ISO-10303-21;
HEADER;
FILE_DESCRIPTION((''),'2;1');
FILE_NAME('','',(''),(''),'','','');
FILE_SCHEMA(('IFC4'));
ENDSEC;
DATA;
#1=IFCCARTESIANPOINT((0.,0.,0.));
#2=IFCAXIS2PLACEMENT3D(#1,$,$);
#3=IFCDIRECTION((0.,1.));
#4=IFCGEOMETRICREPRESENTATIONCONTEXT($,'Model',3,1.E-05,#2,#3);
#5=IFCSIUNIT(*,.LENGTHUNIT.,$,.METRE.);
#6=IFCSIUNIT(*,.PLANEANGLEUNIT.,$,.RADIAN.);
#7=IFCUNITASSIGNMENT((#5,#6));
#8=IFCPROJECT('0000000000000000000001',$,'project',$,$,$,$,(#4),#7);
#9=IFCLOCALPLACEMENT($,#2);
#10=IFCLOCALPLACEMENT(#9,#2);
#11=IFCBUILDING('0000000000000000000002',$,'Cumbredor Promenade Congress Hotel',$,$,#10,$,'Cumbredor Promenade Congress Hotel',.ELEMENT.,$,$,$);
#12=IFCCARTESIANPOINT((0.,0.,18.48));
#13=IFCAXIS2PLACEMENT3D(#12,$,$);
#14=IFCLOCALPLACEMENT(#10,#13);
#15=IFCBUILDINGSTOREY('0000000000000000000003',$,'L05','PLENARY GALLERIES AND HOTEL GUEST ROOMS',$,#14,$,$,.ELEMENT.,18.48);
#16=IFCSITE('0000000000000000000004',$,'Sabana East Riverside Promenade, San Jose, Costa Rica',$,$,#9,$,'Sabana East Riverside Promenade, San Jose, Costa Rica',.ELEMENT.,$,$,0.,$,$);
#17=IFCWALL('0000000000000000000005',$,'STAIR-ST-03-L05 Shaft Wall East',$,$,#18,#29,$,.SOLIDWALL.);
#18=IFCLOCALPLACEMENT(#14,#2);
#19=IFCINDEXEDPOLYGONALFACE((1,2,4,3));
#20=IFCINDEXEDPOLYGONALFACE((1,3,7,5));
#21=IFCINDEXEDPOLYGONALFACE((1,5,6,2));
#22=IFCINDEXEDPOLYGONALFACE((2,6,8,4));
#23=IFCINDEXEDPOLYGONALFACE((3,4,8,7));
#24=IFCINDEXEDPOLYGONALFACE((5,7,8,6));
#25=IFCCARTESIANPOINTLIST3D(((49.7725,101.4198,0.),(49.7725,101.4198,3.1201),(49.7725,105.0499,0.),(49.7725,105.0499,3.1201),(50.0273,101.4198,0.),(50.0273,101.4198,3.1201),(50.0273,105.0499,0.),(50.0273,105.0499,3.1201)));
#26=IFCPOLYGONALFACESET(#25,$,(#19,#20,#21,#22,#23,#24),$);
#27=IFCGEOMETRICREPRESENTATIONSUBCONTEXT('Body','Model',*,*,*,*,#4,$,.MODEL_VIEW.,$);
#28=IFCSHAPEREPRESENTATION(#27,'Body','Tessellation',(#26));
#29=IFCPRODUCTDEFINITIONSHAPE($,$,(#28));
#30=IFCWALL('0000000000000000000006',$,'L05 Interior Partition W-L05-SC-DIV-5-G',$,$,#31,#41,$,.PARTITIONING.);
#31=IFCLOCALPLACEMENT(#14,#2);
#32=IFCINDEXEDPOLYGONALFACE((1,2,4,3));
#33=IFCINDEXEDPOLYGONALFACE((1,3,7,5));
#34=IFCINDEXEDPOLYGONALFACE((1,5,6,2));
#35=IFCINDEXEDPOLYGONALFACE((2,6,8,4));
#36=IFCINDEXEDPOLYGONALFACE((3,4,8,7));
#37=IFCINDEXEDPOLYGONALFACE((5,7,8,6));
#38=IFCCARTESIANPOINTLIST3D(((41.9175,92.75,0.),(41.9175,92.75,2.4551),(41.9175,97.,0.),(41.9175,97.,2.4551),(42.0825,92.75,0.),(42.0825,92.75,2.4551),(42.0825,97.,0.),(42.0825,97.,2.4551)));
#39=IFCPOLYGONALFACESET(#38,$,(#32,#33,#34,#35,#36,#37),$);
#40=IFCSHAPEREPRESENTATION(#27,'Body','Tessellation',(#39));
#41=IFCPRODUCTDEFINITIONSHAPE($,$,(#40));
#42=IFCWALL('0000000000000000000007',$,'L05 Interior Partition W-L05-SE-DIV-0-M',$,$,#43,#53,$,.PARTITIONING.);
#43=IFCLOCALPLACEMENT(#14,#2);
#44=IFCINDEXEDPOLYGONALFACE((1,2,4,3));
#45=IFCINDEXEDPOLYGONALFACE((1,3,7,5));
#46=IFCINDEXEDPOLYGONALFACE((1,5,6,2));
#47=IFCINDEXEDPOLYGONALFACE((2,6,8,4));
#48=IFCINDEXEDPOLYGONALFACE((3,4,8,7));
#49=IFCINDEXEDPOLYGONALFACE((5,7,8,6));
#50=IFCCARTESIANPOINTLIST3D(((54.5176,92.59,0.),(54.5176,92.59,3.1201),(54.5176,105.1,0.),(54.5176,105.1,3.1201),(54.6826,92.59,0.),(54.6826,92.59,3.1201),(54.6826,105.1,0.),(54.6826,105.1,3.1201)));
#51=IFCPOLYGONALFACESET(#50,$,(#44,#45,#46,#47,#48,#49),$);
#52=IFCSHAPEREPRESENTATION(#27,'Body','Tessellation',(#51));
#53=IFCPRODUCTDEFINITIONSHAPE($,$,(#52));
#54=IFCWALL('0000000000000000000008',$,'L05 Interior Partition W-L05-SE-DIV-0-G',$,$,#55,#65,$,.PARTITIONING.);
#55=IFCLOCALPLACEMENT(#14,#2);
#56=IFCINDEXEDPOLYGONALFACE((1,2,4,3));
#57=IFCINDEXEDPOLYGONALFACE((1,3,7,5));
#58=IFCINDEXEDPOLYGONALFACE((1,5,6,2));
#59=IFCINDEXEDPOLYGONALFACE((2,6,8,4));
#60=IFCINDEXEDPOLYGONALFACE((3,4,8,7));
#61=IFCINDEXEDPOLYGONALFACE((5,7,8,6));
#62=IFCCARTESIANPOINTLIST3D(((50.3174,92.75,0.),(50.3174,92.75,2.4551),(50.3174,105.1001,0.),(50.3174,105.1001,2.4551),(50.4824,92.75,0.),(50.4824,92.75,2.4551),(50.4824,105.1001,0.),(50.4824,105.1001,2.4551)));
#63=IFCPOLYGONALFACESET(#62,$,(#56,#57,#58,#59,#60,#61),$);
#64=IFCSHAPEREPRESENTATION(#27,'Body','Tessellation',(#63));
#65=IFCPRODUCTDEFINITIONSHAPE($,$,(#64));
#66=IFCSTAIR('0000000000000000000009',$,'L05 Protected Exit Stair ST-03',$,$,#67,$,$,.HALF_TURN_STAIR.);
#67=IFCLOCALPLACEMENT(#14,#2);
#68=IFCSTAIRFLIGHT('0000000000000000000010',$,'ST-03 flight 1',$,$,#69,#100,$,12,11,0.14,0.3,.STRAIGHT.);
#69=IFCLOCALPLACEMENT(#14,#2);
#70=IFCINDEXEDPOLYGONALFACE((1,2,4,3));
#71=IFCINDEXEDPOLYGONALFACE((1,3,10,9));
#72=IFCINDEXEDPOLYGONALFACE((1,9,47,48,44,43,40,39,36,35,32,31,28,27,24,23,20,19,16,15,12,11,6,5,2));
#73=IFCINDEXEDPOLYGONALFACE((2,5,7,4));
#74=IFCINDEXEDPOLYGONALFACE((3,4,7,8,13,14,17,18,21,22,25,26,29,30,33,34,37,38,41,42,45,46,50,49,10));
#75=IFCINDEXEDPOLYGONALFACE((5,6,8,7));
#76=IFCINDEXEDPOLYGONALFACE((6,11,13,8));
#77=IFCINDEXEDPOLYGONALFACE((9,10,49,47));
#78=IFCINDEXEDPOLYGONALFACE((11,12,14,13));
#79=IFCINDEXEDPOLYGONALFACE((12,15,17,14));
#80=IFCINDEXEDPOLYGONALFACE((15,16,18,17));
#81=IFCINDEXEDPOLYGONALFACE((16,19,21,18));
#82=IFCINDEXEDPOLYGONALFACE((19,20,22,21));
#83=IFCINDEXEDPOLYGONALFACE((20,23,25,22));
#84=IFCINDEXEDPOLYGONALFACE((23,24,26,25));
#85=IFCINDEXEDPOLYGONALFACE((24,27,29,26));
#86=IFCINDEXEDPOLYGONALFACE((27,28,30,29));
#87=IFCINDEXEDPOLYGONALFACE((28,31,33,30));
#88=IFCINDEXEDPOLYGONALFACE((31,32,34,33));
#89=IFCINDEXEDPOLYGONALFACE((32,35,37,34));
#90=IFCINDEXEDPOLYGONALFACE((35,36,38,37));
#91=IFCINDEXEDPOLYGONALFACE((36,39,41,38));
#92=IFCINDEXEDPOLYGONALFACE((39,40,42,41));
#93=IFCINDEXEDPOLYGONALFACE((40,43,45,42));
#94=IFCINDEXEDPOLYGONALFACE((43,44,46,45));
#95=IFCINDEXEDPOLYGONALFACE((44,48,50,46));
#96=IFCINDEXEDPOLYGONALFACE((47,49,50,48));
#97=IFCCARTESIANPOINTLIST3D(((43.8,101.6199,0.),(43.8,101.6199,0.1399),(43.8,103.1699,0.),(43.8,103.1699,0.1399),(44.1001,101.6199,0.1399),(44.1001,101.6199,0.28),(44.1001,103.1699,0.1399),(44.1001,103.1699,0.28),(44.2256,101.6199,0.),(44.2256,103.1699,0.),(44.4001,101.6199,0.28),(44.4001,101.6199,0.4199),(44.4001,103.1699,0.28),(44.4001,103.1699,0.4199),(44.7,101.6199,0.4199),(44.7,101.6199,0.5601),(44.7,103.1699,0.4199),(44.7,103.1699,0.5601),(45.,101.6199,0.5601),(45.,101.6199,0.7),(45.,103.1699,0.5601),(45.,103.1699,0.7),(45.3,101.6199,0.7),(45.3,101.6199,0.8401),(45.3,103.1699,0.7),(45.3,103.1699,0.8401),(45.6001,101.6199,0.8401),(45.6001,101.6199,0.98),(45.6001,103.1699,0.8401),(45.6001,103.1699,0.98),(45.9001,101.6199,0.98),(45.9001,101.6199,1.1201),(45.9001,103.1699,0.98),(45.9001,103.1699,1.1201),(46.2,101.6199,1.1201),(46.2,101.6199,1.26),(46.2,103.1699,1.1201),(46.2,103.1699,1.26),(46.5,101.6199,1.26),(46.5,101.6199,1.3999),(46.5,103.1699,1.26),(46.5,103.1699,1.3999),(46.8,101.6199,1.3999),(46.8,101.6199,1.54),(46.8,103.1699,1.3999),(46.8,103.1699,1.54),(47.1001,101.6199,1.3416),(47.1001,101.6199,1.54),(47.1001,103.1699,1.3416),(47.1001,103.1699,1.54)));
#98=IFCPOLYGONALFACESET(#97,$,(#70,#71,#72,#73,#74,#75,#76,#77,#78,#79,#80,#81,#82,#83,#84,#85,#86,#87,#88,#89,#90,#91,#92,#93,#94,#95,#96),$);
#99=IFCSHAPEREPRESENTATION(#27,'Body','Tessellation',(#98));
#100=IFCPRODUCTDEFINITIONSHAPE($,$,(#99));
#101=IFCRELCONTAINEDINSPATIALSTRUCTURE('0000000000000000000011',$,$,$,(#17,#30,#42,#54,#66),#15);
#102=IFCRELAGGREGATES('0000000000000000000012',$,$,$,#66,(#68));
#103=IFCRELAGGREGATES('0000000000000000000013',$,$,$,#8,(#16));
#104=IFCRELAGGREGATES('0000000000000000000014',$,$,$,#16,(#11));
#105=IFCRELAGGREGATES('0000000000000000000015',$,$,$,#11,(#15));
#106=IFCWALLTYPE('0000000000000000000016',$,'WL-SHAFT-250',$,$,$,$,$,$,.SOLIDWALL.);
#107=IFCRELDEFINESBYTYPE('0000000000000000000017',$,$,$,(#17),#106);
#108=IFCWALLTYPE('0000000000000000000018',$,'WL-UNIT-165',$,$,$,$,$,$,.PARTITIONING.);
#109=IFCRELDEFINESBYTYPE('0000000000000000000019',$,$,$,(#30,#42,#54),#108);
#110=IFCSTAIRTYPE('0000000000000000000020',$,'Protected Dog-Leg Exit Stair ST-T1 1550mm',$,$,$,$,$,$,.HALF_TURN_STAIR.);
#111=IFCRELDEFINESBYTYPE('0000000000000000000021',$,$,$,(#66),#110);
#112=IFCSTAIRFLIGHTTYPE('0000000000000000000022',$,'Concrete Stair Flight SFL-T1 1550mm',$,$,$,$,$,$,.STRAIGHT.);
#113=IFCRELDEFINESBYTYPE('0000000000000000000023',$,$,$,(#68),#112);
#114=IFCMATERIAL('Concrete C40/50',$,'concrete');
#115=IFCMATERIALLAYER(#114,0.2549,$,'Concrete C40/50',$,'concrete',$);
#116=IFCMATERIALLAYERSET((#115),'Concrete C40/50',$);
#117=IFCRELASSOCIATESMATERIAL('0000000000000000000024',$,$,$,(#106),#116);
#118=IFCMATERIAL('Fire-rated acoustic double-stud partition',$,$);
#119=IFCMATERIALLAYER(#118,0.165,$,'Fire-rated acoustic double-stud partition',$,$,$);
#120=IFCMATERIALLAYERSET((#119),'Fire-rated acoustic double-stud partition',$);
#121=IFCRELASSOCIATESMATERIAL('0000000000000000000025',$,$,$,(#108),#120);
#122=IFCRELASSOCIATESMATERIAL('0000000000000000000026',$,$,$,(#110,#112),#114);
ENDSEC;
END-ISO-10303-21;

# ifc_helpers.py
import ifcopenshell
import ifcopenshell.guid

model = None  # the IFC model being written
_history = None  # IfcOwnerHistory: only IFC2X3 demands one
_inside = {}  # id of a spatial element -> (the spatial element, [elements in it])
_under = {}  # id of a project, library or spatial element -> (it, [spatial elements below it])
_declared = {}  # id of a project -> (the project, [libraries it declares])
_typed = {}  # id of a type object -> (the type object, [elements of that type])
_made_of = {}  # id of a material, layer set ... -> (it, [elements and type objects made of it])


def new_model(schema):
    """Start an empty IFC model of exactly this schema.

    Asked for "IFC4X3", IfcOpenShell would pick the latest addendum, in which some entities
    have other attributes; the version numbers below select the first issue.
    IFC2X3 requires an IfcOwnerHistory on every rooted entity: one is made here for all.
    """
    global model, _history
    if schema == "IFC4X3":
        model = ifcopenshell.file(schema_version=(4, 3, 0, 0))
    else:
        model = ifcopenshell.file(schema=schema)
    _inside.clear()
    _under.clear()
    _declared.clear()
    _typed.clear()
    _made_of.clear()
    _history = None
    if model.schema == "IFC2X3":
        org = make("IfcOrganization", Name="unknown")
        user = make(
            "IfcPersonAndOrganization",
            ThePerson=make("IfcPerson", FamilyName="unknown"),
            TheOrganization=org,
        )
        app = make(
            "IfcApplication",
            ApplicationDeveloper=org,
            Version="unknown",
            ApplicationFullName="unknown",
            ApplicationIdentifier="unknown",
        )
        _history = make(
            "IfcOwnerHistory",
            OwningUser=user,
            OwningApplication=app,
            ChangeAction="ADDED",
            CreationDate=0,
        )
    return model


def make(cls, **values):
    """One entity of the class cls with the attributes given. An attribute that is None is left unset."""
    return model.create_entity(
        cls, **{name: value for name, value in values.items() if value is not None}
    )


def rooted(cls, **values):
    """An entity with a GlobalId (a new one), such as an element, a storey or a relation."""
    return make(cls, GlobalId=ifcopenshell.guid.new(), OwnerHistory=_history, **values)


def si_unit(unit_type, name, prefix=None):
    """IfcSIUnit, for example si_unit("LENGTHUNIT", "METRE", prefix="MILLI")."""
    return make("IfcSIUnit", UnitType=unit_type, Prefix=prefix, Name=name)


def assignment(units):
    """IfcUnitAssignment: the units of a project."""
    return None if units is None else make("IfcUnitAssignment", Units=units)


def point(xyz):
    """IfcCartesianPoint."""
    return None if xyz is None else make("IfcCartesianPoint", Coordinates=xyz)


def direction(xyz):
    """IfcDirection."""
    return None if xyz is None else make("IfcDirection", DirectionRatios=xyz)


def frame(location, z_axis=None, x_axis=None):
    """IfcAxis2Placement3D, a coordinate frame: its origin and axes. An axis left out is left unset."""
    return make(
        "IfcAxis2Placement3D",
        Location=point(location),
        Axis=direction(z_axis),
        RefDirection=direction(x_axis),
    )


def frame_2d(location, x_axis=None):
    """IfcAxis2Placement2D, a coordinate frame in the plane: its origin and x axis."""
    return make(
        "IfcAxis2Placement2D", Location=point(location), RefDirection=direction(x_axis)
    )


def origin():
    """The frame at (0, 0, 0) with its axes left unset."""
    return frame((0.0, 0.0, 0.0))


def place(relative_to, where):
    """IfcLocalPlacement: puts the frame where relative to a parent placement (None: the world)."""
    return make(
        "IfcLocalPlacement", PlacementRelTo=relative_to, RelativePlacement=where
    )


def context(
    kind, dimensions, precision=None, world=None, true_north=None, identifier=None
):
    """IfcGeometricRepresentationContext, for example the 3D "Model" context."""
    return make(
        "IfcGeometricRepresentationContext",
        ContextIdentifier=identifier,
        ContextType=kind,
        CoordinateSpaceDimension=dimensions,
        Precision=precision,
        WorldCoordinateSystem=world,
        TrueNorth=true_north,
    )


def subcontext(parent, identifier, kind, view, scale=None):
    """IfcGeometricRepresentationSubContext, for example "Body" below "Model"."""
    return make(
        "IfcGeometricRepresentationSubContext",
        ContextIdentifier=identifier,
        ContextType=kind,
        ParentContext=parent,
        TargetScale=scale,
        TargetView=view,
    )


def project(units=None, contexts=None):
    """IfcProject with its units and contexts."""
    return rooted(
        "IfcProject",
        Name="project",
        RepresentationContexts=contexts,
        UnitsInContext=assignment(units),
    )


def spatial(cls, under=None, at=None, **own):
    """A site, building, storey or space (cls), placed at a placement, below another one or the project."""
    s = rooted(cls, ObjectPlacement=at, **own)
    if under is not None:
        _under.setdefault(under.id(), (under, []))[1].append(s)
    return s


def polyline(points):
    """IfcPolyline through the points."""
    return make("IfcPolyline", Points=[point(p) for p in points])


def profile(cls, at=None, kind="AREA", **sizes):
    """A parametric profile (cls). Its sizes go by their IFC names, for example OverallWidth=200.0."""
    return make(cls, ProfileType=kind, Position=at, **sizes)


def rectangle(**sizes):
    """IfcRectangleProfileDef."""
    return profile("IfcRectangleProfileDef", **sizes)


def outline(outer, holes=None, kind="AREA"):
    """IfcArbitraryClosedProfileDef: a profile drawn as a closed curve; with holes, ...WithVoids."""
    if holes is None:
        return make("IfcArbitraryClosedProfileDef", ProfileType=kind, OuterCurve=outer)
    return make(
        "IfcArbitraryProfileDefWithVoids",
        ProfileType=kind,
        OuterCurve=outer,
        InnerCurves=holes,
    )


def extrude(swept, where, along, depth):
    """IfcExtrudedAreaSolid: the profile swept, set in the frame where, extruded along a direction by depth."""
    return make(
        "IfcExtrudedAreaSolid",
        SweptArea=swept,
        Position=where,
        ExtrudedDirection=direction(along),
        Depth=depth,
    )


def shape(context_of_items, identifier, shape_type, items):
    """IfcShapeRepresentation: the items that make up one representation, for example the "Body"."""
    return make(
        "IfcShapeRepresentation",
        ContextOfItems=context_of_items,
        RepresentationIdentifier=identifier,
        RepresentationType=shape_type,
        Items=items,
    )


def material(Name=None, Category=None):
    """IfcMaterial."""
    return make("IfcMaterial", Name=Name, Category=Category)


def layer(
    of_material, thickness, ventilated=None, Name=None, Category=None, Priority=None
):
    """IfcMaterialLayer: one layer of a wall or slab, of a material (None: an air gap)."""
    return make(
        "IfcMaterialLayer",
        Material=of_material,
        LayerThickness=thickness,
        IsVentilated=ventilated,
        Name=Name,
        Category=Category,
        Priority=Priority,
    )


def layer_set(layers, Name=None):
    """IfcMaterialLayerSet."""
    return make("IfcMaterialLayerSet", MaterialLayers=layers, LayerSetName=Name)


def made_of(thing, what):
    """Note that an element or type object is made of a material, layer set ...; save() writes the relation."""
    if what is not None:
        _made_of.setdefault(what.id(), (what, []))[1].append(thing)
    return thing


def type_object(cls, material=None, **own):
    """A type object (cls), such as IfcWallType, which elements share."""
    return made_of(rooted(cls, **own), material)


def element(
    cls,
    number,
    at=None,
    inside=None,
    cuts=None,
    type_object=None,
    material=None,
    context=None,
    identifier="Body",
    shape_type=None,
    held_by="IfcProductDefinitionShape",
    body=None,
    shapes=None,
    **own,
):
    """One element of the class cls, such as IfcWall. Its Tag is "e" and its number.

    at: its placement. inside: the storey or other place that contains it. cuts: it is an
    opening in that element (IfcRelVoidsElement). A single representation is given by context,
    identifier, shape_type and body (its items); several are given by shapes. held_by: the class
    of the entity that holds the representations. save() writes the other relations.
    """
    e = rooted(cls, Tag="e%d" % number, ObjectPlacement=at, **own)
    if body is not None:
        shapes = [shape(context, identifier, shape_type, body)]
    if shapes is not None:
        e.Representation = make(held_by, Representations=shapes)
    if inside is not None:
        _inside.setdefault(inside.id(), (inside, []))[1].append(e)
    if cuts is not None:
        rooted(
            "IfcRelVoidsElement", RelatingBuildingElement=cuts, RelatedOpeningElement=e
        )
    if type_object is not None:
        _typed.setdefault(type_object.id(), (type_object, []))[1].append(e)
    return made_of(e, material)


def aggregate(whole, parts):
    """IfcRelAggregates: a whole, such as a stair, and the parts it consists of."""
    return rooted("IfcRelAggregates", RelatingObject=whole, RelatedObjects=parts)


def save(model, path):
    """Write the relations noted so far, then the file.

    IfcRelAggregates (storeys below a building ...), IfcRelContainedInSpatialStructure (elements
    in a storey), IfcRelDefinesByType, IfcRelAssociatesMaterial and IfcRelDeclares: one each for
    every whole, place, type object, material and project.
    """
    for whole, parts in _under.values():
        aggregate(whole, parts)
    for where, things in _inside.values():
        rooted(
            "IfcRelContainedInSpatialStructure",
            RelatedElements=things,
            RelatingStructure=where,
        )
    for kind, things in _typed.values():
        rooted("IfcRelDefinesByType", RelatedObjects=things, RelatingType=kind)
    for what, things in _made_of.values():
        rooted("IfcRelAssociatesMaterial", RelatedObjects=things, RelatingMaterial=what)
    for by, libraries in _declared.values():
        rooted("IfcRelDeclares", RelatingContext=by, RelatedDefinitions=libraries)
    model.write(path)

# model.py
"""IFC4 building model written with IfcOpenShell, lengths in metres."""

from ifc_helpers import new_model, si_unit, direction, frame, frame_2d, origin, place, context, subcontext, project, spatial, polyline, rectangle, outline, extrude, material, layer, layer_set, type_object, element, aggregate, save


model = new_model("IFC4")

# Units and contexts
model_context = context("Model", 3, precision=1e-05, world=origin(), true_north=direction((0.0, 1.0)))
body_context = subcontext(model_context, "Body", "Model", "MODEL_VIEW")
ifc_project = project(units=[si_unit("LENGTHUNIT", "METRE"), si_unit("PLANEANGLEUNIT", "RADIAN")], contexts=[model_context])

# Site, building, storey
site_placement = place(None, origin())
site = spatial("IfcSite", under=ifc_project, at=site_placement, Name="Sabana East Riverside Promenade, San Jose, Costa Rica", LongName="Sabana East Riverside Promenade, San Jose, Costa Rica", CompositionType="ELEMENT", RefElevation=0.0)
building_placement = place(site_placement, origin())
building = spatial("IfcBuilding", under=site, at=building_placement, Name="Cumbredor Promenade Congress Hotel", LongName="Cumbredor Promenade Congress Hotel", CompositionType="ELEMENT")
storey_placement = place(building_placement, frame((0.0, 0.0, 18.48)))
storey = spatial("IfcBuildingStorey", under=building, at=storey_placement, Name="L05", Description="PLENARY GALLERIES AND HOTEL GUEST ROOMS", CompositionType="ELEMENT", Elevation=18.48)

# Shared definitions
ifc_material_1 = material(Name="Concrete C40/50", Category="concrete")

# Walls
ifc_layer_1 = layer(ifc_material_1, 0.2549, Name="Concrete C40/50", Category="concrete")
ifc_layer_set_1 = layer_set([ifc_layer_1], Name="Concrete C40/50")
wall_type_1 = type_object("IfcWallType", Name="WL-SHAFT-250", PredefinedType="SOLIDWALL", material=ifc_layer_set_1)
for number, where, z_axis, x_axis, name in (
    (1, (49.8999, 101.4199, 0.0), (0.0, 0.0, 1.0), (0.0, 1.0, 0.0), "STAIR-ST-03-L05 Shaft Wall East"),
):
    element("IfcWall", number, at=place(storey_placement, frame(where, z_axis=z_axis, x_axis=x_axis)), inside=storey, type_object=wall_type_1, Name=name, PredefinedType="SOLIDWALL", context=body_context, shape_type="SweptSolid", body=[
        extrude(rectangle(XDim=3.6301, YDim=0.2549, at=frame_2d((1.8149, 0.0))), origin(), (0.0, 0.0, 1.0), 3.1201),
    ])
ifc_material_2 = material(Name="Fire-rated acoustic double-stud partition")
ifc_layer_2 = layer(ifc_material_2, 0.165, Name="Fire-rated acoustic double-stud partition")
ifc_layer_set_2 = layer_set([ifc_layer_2], Name="Fire-rated acoustic double-stud partition")
wall_type_2 = type_object("IfcWallType", Name="WL-UNIT-165", PredefinedType="PARTITIONING", material=ifc_layer_set_2)
wall_1_placement = place(storey_placement, frame((42.0, 92.75, 0.0), z_axis=(0.0, 0.0, 1.0), x_axis=(0.0, 1.0, 0.0)))
element("IfcWall", 2, at=wall_1_placement, inside=storey, type_object=wall_type_2, Name="L05 Interior Partition W-L05-SC-DIV-5-G", PredefinedType="PARTITIONING", context=body_context, shape_type="SweptSolid", body=[
    extrude(rectangle(XDim=4.25, YDim=0.165, at=frame_2d((2.125, 0.0))), origin(), (0.0, 0.0, 1.0), 2.4551),
])
wall_2_placement = place(storey_placement, frame((54.6001, 92.5901, 0.0), z_axis=(0.0, 0.0, 1.0), x_axis=(0.0, 1.0, 0.0)))
element("IfcWall", 3, at=wall_2_placement, inside=storey, type_object=wall_type_2, Name="L05 Interior Partition W-L05-SE-DIV-0-M", PredefinedType="PARTITIONING", context=body_context, shape_type="SweptSolid", body=[
    extrude(rectangle(XDim=12.51, YDim=0.165, at=frame_2d((6.2549, 0.0))), origin(), (0.0, 0.0, 1.0), 3.1201),
])
wall_3_placement = place(storey_placement, frame((50.3999, 92.75, 0.0), z_axis=(0.0, 0.0, 1.0), x_axis=(0.0, 1.0, 0.0)))
element("IfcWall", 4, at=wall_3_placement, inside=storey, type_object=wall_type_2, Name="L05 Interior Partition W-L05-SE-DIV-0-G", PredefinedType="PARTITIONING", context=body_context, shape_type="SweptSolid", body=[
    extrude(rectangle(XDim=12.3501, YDim=0.165, at=frame_2d((6.175, 0.0))), origin(), (0.0, 0.0, 1.0), 2.4551),
])

# Stair, stair flight
stair_type = type_object("IfcStairType", Name="Protected Dog-Leg Exit Stair ST-T1 1550mm", PredefinedType="HALF_TURN_STAIR", material=ifc_material_1)
stair_placement = place(storey_placement, origin())
stair = element("IfcStair", 5, at=stair_placement, inside=storey, type_object=stair_type, Name="L05 Protected Exit Stair ST-03", PredefinedType="HALF_TURN_STAIR")
stair_flight_type = type_object("IfcStairFlightType", Name="Concrete Stair Flight SFL-T1 1550mm", PredefinedType="STRAIGHT", material=ifc_material_1)
stair_flight_placement = place(storey_placement, frame((43.8, 102.395, 0.0), z_axis=(0.0, 0.0, 1.0), x_axis=(1.0, 0.0, 0.0)))
stair_flight = element("IfcStairFlight", 6, at=stair_flight_placement, type_object=stair_flight_type, Name="ST-03 flight 1", NumberOfRisers=12, NumberOfTreads=11, PredefinedType="STRAIGHT", RiserHeight=0.14, TreadLength=0.3, context=body_context, shape_type="SweptSolid", body=[
    extrude(outline(polyline([(0.0, 0.0), (0.0, 0.1399), (0.3, 0.1399), (0.3, 0.28), (0.6001, 0.28), (0.6001, 0.4199), (0.8999, 0.4199), (0.8999, 0.5601), (1.2, 0.5601), (1.2, 0.7), (1.5, 0.7), (1.5, 0.8401), (1.8, 0.8401), (1.8, 0.98), (2.1001, 0.98), (2.1001, 1.1201), (2.3999, 1.1201), (2.3999, 1.26), (2.7, 1.26), (2.7, 1.3999), (3.0, 1.3999), (3.0, 1.54), (3.3, 1.54), (3.3, 1.6799), (3.3, 1.3416), (0.4255, 0.0), (0.0, 0.0)])), frame((0.0, 0.7749, 0.0), z_axis=(0.0, -1.0, 0.0), x_axis=(1.0, 0.0, 0.0)), (0.0, 0.0, 1.0), 1.55),
])
aggregate(stair, [stair_flight])

save(model, "model.ifc")
